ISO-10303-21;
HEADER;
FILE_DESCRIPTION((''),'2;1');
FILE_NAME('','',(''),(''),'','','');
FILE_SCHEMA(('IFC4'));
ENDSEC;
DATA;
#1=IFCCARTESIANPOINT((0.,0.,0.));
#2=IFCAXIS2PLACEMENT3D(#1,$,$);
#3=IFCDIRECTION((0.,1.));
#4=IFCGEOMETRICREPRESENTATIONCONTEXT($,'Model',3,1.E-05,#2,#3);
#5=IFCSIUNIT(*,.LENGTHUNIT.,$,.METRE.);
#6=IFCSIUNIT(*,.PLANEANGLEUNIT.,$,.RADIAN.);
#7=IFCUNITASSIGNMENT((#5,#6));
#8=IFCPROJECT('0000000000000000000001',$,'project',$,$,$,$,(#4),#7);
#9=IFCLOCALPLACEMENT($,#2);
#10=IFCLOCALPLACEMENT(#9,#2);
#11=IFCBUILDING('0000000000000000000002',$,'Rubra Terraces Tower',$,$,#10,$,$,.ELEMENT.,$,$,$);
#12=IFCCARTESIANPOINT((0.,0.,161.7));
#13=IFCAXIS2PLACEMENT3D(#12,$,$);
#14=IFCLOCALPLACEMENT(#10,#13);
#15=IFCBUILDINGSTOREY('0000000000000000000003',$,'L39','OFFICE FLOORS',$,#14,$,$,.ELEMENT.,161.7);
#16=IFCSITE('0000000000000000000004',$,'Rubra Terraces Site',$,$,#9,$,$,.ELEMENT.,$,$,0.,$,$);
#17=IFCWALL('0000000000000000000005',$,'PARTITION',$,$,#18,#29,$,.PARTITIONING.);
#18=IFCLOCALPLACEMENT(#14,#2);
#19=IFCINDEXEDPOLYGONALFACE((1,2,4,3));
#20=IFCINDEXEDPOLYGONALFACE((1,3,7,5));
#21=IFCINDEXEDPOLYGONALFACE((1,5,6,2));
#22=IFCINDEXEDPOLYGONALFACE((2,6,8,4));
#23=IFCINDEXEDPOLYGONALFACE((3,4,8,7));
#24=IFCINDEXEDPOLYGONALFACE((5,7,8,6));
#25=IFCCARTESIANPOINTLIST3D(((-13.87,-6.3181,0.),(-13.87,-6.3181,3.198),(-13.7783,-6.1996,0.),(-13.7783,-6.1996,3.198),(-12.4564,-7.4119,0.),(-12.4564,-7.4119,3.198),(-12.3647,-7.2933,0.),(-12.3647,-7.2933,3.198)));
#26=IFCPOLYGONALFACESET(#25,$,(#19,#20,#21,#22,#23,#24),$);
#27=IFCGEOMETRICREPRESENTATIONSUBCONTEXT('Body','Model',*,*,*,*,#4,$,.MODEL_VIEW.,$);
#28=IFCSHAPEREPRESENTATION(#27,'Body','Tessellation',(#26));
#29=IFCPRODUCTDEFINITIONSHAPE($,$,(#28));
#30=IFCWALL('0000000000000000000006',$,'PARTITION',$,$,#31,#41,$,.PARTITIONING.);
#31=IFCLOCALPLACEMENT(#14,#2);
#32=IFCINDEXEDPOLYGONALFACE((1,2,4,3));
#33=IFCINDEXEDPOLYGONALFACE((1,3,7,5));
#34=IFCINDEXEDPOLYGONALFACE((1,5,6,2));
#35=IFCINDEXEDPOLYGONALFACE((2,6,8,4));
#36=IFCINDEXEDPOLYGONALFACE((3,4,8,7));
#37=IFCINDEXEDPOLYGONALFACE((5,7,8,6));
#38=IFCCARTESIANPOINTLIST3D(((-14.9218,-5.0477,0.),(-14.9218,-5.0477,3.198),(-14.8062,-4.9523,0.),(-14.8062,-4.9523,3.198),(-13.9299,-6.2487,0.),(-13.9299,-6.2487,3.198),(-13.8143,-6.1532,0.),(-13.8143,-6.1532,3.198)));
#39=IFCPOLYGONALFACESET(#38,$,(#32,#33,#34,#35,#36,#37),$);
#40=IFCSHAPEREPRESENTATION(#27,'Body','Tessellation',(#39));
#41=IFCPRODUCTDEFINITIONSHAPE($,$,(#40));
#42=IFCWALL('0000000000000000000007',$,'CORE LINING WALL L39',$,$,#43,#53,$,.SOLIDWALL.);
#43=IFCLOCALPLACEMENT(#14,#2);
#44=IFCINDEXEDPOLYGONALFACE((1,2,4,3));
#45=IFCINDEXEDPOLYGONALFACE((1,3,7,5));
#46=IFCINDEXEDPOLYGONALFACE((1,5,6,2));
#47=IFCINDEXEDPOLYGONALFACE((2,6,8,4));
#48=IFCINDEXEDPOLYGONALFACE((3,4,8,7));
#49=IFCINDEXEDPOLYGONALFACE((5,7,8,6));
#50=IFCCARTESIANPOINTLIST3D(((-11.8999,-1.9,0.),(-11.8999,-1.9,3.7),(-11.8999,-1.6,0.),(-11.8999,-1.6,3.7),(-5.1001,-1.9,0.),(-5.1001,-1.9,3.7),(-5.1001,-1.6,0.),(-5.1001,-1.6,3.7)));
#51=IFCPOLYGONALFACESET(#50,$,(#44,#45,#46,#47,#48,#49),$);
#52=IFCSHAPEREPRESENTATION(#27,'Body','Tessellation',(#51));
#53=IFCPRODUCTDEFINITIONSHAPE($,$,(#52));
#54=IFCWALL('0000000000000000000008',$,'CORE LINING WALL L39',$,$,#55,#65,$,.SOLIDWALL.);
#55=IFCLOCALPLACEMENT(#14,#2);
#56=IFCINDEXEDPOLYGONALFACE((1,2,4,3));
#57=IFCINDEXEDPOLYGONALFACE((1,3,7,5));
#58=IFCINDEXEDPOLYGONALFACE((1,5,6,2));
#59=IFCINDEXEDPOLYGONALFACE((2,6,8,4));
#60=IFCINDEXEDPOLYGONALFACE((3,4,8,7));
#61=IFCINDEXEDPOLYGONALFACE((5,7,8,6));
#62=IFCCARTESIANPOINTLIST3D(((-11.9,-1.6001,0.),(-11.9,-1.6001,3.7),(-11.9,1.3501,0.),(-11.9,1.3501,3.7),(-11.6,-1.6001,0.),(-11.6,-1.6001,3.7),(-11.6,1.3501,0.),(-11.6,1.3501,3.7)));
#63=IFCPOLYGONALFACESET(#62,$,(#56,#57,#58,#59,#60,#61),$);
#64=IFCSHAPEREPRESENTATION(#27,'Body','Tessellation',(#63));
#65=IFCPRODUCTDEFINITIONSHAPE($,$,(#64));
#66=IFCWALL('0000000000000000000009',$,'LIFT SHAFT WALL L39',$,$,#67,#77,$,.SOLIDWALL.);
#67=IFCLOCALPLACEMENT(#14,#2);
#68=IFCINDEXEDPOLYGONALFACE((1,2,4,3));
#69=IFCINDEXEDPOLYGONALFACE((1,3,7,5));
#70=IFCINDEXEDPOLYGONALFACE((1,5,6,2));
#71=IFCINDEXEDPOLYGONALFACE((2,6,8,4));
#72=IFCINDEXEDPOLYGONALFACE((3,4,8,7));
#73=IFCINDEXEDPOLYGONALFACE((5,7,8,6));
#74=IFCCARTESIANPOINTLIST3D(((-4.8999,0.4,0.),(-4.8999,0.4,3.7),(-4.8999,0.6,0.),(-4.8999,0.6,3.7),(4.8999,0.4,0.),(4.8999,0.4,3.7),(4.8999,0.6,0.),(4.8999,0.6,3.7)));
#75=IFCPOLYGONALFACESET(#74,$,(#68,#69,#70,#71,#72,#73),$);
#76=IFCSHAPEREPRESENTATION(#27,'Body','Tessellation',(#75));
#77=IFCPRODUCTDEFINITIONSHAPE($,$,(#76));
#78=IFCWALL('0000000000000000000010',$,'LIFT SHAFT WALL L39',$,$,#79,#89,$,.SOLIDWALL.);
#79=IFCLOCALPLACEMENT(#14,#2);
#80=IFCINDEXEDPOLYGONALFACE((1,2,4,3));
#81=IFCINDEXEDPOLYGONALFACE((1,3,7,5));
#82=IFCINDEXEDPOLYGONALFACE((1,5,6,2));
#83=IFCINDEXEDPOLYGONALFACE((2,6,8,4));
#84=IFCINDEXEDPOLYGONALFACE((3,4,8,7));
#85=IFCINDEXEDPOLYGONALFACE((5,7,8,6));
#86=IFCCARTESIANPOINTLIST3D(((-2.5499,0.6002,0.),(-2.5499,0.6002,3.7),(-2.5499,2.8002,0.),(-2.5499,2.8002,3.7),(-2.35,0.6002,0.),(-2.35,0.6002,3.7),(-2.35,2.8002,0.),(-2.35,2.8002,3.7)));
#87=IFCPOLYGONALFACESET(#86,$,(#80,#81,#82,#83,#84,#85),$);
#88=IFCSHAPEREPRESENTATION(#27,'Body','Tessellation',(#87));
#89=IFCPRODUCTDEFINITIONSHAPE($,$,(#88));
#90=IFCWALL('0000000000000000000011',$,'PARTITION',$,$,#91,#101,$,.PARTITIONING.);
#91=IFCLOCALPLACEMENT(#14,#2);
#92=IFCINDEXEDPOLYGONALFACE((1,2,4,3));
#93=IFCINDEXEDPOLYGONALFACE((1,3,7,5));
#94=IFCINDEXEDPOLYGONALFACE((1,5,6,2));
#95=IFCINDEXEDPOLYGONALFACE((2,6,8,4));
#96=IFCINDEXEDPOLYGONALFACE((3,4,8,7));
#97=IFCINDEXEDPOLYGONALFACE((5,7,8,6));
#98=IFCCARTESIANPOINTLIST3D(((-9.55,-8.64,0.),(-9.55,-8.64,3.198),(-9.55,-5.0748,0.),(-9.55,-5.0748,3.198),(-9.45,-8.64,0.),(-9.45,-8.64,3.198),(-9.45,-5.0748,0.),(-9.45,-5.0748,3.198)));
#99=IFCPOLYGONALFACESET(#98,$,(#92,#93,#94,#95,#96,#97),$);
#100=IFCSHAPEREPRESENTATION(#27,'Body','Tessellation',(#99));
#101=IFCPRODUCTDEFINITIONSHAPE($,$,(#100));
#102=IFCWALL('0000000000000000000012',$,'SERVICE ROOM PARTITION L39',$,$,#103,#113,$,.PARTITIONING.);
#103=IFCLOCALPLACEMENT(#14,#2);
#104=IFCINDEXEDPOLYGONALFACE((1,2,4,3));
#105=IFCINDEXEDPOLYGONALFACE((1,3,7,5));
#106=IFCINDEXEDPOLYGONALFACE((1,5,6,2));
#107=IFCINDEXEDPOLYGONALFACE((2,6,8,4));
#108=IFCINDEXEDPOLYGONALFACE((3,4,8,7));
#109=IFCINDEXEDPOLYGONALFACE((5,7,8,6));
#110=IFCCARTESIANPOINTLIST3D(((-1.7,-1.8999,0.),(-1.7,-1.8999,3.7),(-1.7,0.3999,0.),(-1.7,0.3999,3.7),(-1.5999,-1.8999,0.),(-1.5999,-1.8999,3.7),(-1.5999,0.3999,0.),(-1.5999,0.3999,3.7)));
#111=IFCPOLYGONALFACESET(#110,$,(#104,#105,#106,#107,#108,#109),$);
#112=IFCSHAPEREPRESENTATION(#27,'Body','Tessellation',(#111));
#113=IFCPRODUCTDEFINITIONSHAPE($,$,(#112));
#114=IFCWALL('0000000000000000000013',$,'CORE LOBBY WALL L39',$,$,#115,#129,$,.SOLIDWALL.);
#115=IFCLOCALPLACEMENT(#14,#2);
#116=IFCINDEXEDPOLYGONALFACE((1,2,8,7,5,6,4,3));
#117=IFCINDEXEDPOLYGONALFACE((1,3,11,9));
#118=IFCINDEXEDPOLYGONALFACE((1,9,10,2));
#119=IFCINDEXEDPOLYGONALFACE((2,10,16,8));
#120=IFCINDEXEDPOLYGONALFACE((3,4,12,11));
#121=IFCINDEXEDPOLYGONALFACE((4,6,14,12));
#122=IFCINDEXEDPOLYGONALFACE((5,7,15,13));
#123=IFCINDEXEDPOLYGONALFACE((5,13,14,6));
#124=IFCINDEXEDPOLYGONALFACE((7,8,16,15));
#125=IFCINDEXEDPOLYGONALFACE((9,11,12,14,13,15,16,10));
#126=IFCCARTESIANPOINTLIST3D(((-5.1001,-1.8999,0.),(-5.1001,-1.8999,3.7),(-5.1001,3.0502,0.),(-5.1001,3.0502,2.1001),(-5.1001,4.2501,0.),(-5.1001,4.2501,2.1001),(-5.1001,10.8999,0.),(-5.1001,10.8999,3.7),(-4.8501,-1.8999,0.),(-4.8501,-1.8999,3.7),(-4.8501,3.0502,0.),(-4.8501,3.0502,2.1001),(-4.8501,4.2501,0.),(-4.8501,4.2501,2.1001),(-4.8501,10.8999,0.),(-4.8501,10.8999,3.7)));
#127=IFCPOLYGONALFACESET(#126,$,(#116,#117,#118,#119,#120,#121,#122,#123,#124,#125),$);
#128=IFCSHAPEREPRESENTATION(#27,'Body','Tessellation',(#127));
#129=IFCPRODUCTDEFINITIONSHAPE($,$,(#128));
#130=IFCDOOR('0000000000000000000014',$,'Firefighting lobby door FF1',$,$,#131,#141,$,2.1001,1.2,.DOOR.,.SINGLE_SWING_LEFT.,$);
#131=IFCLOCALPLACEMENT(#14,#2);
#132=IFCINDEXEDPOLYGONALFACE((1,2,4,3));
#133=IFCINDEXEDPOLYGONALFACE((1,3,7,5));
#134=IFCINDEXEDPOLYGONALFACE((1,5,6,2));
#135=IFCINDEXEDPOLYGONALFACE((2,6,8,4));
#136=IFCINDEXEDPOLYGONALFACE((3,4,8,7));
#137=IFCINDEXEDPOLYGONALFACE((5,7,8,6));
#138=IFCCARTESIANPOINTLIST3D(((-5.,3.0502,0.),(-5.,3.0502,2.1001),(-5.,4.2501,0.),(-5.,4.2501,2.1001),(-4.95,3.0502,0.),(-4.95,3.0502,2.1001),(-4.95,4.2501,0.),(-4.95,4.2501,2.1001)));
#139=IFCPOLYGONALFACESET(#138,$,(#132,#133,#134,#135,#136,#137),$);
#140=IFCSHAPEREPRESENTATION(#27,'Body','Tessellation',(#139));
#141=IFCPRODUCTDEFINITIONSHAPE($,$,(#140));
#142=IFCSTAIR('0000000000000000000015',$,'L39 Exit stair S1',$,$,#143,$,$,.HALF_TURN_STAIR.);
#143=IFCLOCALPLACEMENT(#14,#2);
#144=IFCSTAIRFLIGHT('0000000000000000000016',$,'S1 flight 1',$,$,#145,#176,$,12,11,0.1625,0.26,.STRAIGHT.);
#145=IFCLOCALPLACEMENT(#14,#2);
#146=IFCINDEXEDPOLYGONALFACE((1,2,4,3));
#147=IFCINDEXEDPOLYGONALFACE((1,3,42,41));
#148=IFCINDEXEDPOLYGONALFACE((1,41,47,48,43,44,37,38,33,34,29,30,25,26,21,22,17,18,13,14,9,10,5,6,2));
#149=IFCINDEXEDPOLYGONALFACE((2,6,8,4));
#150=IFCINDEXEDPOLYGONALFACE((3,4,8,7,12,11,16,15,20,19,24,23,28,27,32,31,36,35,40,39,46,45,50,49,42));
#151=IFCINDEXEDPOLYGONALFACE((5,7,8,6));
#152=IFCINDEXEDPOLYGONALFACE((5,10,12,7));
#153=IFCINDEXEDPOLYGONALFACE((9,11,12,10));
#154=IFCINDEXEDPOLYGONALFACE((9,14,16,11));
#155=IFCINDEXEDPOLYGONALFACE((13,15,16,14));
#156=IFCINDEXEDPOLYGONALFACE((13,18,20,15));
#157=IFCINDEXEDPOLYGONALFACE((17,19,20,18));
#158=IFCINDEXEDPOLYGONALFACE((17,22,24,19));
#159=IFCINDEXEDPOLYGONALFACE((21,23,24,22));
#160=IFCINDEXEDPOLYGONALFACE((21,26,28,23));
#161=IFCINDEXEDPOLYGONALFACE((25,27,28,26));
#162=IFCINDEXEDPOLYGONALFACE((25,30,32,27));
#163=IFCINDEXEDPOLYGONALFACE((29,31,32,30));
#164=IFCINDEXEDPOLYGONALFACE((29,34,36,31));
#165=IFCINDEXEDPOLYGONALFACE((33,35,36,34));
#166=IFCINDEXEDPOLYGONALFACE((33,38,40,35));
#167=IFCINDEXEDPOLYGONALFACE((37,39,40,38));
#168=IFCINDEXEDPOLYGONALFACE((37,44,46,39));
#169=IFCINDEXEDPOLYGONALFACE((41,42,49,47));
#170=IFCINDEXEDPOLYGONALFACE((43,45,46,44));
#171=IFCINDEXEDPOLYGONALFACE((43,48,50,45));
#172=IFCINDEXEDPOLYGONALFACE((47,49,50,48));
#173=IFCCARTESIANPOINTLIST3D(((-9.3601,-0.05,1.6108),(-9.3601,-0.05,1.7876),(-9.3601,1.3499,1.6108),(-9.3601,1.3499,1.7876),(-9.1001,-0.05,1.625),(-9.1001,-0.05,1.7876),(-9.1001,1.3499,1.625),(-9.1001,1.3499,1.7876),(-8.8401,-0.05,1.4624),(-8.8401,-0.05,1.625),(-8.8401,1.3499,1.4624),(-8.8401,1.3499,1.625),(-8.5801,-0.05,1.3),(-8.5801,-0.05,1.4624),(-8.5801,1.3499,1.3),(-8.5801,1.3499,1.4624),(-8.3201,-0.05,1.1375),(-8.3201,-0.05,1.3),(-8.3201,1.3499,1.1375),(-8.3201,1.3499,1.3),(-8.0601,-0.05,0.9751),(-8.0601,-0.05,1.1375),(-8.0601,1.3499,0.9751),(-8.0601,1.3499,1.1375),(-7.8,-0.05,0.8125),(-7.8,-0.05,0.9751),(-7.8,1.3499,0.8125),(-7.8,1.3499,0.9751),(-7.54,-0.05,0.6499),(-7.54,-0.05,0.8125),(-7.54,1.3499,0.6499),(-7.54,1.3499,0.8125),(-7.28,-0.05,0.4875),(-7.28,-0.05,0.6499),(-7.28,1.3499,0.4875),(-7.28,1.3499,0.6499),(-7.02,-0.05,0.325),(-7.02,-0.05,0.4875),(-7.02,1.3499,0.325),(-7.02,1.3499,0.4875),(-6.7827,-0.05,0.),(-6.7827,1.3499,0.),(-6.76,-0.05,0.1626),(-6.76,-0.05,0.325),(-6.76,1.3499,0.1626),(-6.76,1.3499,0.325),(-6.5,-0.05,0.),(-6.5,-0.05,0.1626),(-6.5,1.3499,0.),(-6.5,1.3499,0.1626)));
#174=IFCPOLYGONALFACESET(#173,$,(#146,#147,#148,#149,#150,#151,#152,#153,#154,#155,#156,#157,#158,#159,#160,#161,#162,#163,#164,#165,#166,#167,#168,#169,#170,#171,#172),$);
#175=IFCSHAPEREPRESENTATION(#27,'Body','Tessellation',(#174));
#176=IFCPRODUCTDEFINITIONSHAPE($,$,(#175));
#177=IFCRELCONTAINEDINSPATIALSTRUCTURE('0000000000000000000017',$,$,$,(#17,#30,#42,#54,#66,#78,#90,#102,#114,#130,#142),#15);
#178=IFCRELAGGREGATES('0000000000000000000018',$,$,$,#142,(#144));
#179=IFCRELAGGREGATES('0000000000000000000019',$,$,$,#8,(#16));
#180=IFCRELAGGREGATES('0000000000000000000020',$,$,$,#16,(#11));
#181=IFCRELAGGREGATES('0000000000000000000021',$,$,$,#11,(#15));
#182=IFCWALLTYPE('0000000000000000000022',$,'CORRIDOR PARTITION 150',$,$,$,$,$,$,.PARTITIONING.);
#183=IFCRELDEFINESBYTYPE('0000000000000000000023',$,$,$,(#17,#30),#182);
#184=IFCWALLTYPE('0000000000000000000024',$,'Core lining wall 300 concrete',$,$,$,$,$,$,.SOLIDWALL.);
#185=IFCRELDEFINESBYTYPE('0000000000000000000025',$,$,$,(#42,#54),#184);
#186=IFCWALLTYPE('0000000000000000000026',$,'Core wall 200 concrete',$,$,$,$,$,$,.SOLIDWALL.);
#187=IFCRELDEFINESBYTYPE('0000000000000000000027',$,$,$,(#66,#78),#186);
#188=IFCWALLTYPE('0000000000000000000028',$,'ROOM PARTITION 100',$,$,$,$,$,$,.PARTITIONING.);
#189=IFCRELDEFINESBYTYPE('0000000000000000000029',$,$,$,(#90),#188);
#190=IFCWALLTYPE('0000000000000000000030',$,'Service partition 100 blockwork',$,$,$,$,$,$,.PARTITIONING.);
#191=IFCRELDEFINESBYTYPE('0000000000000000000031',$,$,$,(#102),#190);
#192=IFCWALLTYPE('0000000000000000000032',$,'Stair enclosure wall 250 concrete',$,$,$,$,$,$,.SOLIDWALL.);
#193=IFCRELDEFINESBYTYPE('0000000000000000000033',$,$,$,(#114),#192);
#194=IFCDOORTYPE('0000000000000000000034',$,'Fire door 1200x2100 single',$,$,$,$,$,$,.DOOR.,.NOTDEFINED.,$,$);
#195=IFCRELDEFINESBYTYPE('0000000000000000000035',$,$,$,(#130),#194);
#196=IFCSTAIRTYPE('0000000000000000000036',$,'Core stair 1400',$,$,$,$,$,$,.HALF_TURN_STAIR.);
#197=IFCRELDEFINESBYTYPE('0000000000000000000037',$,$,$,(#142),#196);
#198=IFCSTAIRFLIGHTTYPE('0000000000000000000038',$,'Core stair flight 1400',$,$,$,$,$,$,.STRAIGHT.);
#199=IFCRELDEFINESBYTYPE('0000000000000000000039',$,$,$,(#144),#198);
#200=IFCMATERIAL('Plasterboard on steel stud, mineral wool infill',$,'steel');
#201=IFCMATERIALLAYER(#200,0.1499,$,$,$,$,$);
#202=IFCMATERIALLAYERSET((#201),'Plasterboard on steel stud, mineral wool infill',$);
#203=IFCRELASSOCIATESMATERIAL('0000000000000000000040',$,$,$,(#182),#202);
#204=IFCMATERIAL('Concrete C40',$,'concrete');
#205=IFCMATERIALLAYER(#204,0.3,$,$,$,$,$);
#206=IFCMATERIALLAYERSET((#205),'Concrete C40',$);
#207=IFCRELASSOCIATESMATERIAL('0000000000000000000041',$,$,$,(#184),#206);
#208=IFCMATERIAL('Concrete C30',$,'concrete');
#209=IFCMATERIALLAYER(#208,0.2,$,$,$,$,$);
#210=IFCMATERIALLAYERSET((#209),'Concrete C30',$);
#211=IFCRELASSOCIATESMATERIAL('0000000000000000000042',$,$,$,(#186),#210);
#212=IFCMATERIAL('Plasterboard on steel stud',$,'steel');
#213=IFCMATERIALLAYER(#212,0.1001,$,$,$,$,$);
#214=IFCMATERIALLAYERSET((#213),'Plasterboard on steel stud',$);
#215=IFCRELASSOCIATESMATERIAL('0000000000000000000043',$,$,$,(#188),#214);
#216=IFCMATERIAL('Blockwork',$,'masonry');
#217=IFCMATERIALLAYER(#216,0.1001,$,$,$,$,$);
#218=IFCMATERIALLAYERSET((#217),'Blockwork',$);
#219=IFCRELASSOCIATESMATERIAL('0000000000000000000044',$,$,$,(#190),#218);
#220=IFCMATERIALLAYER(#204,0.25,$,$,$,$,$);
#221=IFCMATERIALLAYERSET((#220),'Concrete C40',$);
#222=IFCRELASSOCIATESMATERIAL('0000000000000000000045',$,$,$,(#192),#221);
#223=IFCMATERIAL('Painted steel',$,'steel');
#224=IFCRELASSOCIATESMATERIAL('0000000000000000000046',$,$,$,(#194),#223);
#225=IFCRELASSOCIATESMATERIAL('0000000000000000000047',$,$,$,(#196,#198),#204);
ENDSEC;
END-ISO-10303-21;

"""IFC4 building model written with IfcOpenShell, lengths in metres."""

from ifc_helpers import new_model, si_unit, direction, frame, frame_2d, origin, place, context, subcontext, project, spatial, polyline, rectangle, outline, extrude, material, layer, layer_set, type_object, element, fill, aggregate, save


model = new_model("IFC4")

# Units and contexts
model_context = context("Model", 3, precision=1e-05, world=origin(), true_north=direction((0.0, 1.0)))
body_context = subcontext(model_context, "Body", "Model", "MODEL_VIEW")
ifc_project = project(units=[si_unit("LENGTHUNIT", "METRE"), si_unit("PLANEANGLEUNIT", "RADIAN")], contexts=[model_context])

# Site, building, storey
site_placement = place(None, origin())
site = spatial("IfcSite", under=ifc_project, at=site_placement, Name="Rubra Terraces Site", CompositionType="ELEMENT", RefElevation=0.0)
building_placement = place(site_placement, origin())
building = spatial("IfcBuilding", under=site, at=building_placement, Name="Rubra Terraces Tower", CompositionType="ELEMENT")
storey_placement = place(building_placement, frame((0.0, 0.0, 161.7)))
storey = spatial("IfcBuildingStorey", under=building, at=storey_placement, Name="L39", Description="OFFICE FLOORS", CompositionType="ELEMENT", Elevation=161.7)

# Shared definitions
ifc_material_1 = material(Name="Painted steel", Category="steel")

# Walls
ifc_material_2 = material(Name="Plasterboard on steel stud, mineral wool infill", Category="steel")
ifc_layer_1 = layer(ifc_material_2, 0.1499)
ifc_layer_set_1 = layer_set([ifc_layer_1], Name="Plasterboard on steel stud, mineral wool infill")
wall_type_1 = type_object("IfcWallType", Name="CORRIDOR PARTITION 150", PredefinedType="PARTITIONING", material=ifc_layer_set_1)
wall_1_placement = place(storey_placement, frame((-12.4106, -7.3525, 0.0), z_axis=(0.0, 0.0, 1.0), x_axis=(-0.790894, 0.611953, 0.0)))
element("IfcWall", 1, at=wall_1_placement, inside=storey, type_object=wall_type_1, Name="PARTITION", PredefinedType="PARTITIONING", context=body_context, shape_type="SweptSolid", body=[
    extrude(rectangle(XDim=1.7874, YDim=0.1499, at=frame_2d((0.8936, 0.0))), origin(), (0.0, 0.0, 1.0), 3.198),
])
wall_2_placement = place(storey_placement, frame((-13.8721, -6.2009, 0.0), z_axis=(0.0, 0.0, 1.0), x_axis=(-0.636833, 0.771002, 0.0)))
element("IfcWall", 2, at=wall_2_placement, inside=storey, type_object=wall_type_1, Name="PARTITION", PredefinedType="PARTITIONING", context=body_context, shape_type="SweptSolid", body=[
    extrude(rectangle(XDim=1.5576, YDim=0.1499, at=frame_2d((0.7788, 0.0))), origin(), (0.0, 0.0, 1.0), 3.198),
])
ifc_material_3 = material(Name="Concrete C40", Category="concrete")
ifc_layer_2 = layer(ifc_material_3, 0.3)
ifc_layer_set_2 = layer_set([ifc_layer_2], Name="Concrete C40")
wall_type_2 = type_object("IfcWallType", Name="Core lining wall 300 concrete", PredefinedType="SOLIDWALL", material=ifc_layer_set_2)
wall_3_placement = place(storey_placement, frame((-11.8999, -1.75, 0.0), z_axis=(0.0, 0.0, 1.0), x_axis=(1.0, 0.0, 0.0)))
element("IfcWall", 3, at=wall_3_placement, inside=storey, type_object=wall_type_2, Name="CORE LINING WALL L39", PredefinedType="SOLIDWALL", context=body_context, shape_type="SweptSolid", body=[
    extrude(rectangle(XDim=6.7998, YDim=0.3, at=frame_2d((3.3999, 0.0))), origin(), (0.0, 0.0, 1.0), 3.7),
])
wall_4_placement = place(storey_placement, frame((-11.75, -1.6001, 0.0), z_axis=(0.0, 0.0, 1.0), x_axis=(0.0, 1.0, 0.0)))
element("IfcWall", 4, at=wall_4_placement, inside=storey, type_object=wall_type_2, Name="CORE LINING WALL L39", PredefinedType="SOLIDWALL", context=body_context, shape_type="SweptSolid", body=[
    extrude(rectangle(XDim=2.9502, YDim=0.3, at=frame_2d((1.4751, 0.0))), origin(), (0.0, 0.0, 1.0), 3.7),
])
ifc_material_4 = material(Name="Concrete C30", Category="concrete")
ifc_layer_3 = layer(ifc_material_4, 0.2)
ifc_layer_set_3 = layer_set([ifc_layer_3], Name="Concrete C30")
wall_type_3 = type_object("IfcWallType", Name="Core wall 200 concrete", PredefinedType="SOLIDWALL", material=ifc_layer_set_3)
wall_5_placement = place(storey_placement, frame((-4.8999, 0.5, 0.0), z_axis=(0.0, 0.0, 1.0), x_axis=(1.0, 0.0, 0.0)))
element("IfcWall", 5, at=wall_5_placement, inside=storey, type_object=wall_type_3, Name="LIFT SHAFT WALL L39", PredefinedType="SOLIDWALL", context=body_context, shape_type="SweptSolid", body=[
    extrude(rectangle(XDim=9.7998, YDim=0.2, at=frame_2d((4.8999, 0.0))), origin(), (0.0, 0.0, 1.0), 3.7),
])
wall_6_placement = place(storey_placement, frame((-2.45, 0.6001, 0.0), z_axis=(0.0, 0.0, 1.0), x_axis=(0.0, 1.0, 0.0)))
element("IfcWall", 6, at=wall_6_placement, inside=storey, type_object=wall_type_3, Name="LIFT SHAFT WALL L39", PredefinedType="SOLIDWALL", context=body_context, shape_type="SweptSolid", body=[
    extrude(rectangle(XDim=2.2, YDim=0.2, at=frame_2d((1.1001, 0.0))), origin(), (0.0, 0.0, 1.0), 3.7),
])
ifc_material_5 = material(Name="Plasterboard on steel stud", Category="steel")
ifc_layer_4 = layer(ifc_material_5, 0.1001)
ifc_layer_set_4 = layer_set([ifc_layer_4], Name="Plasterboard on steel stud")
wall_type_4 = type_object("IfcWallType", Name="ROOM PARTITION 100", PredefinedType="PARTITIONING", material=ifc_layer_set_4)
wall_7_placement = place(storey_placement, frame((-9.5, -8.6401, 0.0), z_axis=(0.0, 0.0, 1.0), x_axis=(0.0, 1.0, 0.0)))
element("IfcWall", 7, at=wall_7_placement, inside=storey, type_object=wall_type_4, Name="PARTITION", PredefinedType="PARTITIONING", context=body_context, shape_type="SweptSolid", body=[
    extrude(rectangle(XDim=3.5652, YDim=0.1001, at=frame_2d((1.7827, 0.0))), origin(), (0.0, 0.0, 1.0), 3.198),
])
ifc_material_6 = material(Name="Blockwork", Category="masonry")
ifc_layer_5 = layer(ifc_material_6, 0.1001)
ifc_layer_set_5 = layer_set([ifc_layer_5], Name="Blockwork")
wall_type_5 = type_object("IfcWallType", Name="Service partition 100 blockwork", PredefinedType="PARTITIONING", material=ifc_layer_set_5)
wall_8_placement = place(storey_placement, frame((-1.6499, -1.8999, 0.0), z_axis=(0.0, 0.0, 1.0), x_axis=(0.0, 1.0, 0.0)))
element("IfcWall", 8, at=wall_8_placement, inside=storey, type_object=wall_type_5, Name="SERVICE ROOM PARTITION L39", PredefinedType="PARTITIONING", context=body_context, shape_type="SweptSolid", body=[
    extrude(rectangle(XDim=2.2998, YDim=0.1001, at=frame_2d((1.1499, 0.0))), origin(), (0.0, 0.0, 1.0), 3.7),
])

# Wall, opening, door
ifc_layer_6 = layer(ifc_material_3, 0.25)
ifc_layer_set_6 = layer_set([ifc_layer_6], Name="Concrete C40")
wall_type_6 = type_object("IfcWallType", Name="Stair enclosure wall 250 concrete", PredefinedType="SOLIDWALL", material=ifc_layer_set_6)
wall_9_placement = place(storey_placement, frame((-4.9751, -1.8999, 0.0), z_axis=(0.0, 0.0, 1.0), x_axis=(0.0, 1.0, 0.0)))
wall_9 = element("IfcWall", 9, at=wall_9_placement, inside=storey, type_object=wall_type_6, Name="CORE LOBBY WALL L39", PredefinedType="SOLIDWALL", context=body_context, shape_type="SweptSolid", body=[
    extrude(rectangle(XDim=12.7998, YDim=0.25, at=frame_2d((6.3999, 0.0))), origin(), (0.0, 0.0, 1.0), 3.7),
])
opening_1_placement = place(wall_9_placement, frame((4.95, 0.0, 0.0)))
opening_1 = element("IfcOpeningElement", 10, at=opening_1_placement, cuts=wall_9, PredefinedType="OPENING", context=body_context, shape_type="SweptSolid", body=[
    extrude(rectangle(XDim=1.2, YDim=2.1001, at=frame_2d((0.6001, 1.05))), frame((0.0, 0.135, 0.0), z_axis=(0.0, -1.0, 0.0), x_axis=(1.0, 0.0, 0.0)), (0.0, 0.0, 1.0), 0.27),
])
door_type_1 = type_object("IfcDoorType", Name="Fire door 1200x2100 single", OperationType="NOTDEFINED", PredefinedType="DOOR", material=ifc_material_1)
door_1_placement = place(opening_1_placement, origin())
door_1 = element("IfcDoor", 11, at=door_1_placement, inside=storey, type_object=door_type_1, Name="Firefighting lobby door FF1", OperationType="SINGLE_SWING_LEFT", OverallHeight=2.1001, OverallWidth=1.2, PredefinedType="DOOR", context=body_context, shape_type="SweptSolid", body=[
    extrude(rectangle(XDim=1.2, YDim=2.1001, at=frame_2d((0.6001, 1.05))), frame((0.0, 0.0249, 0.0), z_axis=(0.0, -1.0, 0.0), x_axis=(1.0, 0.0, 0.0)), (0.0, 0.0, 1.0), 0.05),
])
fill(opening_1, door_1)

# Stair, stair flight
stair_type = type_object("IfcStairType", Name="Core stair 1400", PredefinedType="HALF_TURN_STAIR", material=ifc_material_3)
stair_placement = place(storey_placement, origin())
stair = element("IfcStair", 12, at=stair_placement, inside=storey, type_object=stair_type, Name="L39 Exit stair S1", PredefinedType="HALF_TURN_STAIR")
stair_flight_type = type_object("IfcStairFlightType", Name="Core stair flight 1400", PredefinedType="STRAIGHT", material=ifc_material_3)
stair_flight_1_placement = place(storey_placement, frame((-6.5, 0.6499, 0.0), z_axis=(0.0, 0.0, 1.0), x_axis=(-1.0, 0.0, 0.0)))
stair_flight_1 = element("IfcStairFlight", 13, at=stair_flight_1_placement, type_object=stair_flight_type, Name="S1 flight 1", NumberOfRisers=12, NumberOfTreads=11, PredefinedType="STRAIGHT", RiserHeight=0.1625, TreadLength=0.26, context=body_context, shape_type="SweptSolid", body=[
    extrude(outline(polyline([(0.0, 0.0), (0.0, 0.1626), (0.26, 0.1626), (0.26, 0.325), (0.52, 0.325), (0.52, 0.4875), (0.78, 0.4875), (0.78, 0.6499), (1.04, 0.6499), (1.04, 0.8125), (1.3, 0.8125), (1.3, 0.9751), (1.5601, 0.9751), (1.5601, 1.1375), (1.8201, 1.1375), (1.8201, 1.3), (2.0801, 1.3), (2.0801, 1.4624), (2.3401, 1.4624), (2.3401, 1.625), (2.6001, 1.625), (2.6001, 1.7876), (2.8601, 1.7876), (2.8601, 1.95), (2.8601, 1.6108), (0.2827, 0.0), (0.0, 0.0)])), frame((0.0, 0.7, 0.0), z_axis=(0.0, -1.0, 0.0), x_axis=(1.0, 0.0, 0.0)), (0.0, 0.0, 1.0), 1.3999),
])
aggregate(stair, [stair_flight_1])

save(model, "model.ifc")
